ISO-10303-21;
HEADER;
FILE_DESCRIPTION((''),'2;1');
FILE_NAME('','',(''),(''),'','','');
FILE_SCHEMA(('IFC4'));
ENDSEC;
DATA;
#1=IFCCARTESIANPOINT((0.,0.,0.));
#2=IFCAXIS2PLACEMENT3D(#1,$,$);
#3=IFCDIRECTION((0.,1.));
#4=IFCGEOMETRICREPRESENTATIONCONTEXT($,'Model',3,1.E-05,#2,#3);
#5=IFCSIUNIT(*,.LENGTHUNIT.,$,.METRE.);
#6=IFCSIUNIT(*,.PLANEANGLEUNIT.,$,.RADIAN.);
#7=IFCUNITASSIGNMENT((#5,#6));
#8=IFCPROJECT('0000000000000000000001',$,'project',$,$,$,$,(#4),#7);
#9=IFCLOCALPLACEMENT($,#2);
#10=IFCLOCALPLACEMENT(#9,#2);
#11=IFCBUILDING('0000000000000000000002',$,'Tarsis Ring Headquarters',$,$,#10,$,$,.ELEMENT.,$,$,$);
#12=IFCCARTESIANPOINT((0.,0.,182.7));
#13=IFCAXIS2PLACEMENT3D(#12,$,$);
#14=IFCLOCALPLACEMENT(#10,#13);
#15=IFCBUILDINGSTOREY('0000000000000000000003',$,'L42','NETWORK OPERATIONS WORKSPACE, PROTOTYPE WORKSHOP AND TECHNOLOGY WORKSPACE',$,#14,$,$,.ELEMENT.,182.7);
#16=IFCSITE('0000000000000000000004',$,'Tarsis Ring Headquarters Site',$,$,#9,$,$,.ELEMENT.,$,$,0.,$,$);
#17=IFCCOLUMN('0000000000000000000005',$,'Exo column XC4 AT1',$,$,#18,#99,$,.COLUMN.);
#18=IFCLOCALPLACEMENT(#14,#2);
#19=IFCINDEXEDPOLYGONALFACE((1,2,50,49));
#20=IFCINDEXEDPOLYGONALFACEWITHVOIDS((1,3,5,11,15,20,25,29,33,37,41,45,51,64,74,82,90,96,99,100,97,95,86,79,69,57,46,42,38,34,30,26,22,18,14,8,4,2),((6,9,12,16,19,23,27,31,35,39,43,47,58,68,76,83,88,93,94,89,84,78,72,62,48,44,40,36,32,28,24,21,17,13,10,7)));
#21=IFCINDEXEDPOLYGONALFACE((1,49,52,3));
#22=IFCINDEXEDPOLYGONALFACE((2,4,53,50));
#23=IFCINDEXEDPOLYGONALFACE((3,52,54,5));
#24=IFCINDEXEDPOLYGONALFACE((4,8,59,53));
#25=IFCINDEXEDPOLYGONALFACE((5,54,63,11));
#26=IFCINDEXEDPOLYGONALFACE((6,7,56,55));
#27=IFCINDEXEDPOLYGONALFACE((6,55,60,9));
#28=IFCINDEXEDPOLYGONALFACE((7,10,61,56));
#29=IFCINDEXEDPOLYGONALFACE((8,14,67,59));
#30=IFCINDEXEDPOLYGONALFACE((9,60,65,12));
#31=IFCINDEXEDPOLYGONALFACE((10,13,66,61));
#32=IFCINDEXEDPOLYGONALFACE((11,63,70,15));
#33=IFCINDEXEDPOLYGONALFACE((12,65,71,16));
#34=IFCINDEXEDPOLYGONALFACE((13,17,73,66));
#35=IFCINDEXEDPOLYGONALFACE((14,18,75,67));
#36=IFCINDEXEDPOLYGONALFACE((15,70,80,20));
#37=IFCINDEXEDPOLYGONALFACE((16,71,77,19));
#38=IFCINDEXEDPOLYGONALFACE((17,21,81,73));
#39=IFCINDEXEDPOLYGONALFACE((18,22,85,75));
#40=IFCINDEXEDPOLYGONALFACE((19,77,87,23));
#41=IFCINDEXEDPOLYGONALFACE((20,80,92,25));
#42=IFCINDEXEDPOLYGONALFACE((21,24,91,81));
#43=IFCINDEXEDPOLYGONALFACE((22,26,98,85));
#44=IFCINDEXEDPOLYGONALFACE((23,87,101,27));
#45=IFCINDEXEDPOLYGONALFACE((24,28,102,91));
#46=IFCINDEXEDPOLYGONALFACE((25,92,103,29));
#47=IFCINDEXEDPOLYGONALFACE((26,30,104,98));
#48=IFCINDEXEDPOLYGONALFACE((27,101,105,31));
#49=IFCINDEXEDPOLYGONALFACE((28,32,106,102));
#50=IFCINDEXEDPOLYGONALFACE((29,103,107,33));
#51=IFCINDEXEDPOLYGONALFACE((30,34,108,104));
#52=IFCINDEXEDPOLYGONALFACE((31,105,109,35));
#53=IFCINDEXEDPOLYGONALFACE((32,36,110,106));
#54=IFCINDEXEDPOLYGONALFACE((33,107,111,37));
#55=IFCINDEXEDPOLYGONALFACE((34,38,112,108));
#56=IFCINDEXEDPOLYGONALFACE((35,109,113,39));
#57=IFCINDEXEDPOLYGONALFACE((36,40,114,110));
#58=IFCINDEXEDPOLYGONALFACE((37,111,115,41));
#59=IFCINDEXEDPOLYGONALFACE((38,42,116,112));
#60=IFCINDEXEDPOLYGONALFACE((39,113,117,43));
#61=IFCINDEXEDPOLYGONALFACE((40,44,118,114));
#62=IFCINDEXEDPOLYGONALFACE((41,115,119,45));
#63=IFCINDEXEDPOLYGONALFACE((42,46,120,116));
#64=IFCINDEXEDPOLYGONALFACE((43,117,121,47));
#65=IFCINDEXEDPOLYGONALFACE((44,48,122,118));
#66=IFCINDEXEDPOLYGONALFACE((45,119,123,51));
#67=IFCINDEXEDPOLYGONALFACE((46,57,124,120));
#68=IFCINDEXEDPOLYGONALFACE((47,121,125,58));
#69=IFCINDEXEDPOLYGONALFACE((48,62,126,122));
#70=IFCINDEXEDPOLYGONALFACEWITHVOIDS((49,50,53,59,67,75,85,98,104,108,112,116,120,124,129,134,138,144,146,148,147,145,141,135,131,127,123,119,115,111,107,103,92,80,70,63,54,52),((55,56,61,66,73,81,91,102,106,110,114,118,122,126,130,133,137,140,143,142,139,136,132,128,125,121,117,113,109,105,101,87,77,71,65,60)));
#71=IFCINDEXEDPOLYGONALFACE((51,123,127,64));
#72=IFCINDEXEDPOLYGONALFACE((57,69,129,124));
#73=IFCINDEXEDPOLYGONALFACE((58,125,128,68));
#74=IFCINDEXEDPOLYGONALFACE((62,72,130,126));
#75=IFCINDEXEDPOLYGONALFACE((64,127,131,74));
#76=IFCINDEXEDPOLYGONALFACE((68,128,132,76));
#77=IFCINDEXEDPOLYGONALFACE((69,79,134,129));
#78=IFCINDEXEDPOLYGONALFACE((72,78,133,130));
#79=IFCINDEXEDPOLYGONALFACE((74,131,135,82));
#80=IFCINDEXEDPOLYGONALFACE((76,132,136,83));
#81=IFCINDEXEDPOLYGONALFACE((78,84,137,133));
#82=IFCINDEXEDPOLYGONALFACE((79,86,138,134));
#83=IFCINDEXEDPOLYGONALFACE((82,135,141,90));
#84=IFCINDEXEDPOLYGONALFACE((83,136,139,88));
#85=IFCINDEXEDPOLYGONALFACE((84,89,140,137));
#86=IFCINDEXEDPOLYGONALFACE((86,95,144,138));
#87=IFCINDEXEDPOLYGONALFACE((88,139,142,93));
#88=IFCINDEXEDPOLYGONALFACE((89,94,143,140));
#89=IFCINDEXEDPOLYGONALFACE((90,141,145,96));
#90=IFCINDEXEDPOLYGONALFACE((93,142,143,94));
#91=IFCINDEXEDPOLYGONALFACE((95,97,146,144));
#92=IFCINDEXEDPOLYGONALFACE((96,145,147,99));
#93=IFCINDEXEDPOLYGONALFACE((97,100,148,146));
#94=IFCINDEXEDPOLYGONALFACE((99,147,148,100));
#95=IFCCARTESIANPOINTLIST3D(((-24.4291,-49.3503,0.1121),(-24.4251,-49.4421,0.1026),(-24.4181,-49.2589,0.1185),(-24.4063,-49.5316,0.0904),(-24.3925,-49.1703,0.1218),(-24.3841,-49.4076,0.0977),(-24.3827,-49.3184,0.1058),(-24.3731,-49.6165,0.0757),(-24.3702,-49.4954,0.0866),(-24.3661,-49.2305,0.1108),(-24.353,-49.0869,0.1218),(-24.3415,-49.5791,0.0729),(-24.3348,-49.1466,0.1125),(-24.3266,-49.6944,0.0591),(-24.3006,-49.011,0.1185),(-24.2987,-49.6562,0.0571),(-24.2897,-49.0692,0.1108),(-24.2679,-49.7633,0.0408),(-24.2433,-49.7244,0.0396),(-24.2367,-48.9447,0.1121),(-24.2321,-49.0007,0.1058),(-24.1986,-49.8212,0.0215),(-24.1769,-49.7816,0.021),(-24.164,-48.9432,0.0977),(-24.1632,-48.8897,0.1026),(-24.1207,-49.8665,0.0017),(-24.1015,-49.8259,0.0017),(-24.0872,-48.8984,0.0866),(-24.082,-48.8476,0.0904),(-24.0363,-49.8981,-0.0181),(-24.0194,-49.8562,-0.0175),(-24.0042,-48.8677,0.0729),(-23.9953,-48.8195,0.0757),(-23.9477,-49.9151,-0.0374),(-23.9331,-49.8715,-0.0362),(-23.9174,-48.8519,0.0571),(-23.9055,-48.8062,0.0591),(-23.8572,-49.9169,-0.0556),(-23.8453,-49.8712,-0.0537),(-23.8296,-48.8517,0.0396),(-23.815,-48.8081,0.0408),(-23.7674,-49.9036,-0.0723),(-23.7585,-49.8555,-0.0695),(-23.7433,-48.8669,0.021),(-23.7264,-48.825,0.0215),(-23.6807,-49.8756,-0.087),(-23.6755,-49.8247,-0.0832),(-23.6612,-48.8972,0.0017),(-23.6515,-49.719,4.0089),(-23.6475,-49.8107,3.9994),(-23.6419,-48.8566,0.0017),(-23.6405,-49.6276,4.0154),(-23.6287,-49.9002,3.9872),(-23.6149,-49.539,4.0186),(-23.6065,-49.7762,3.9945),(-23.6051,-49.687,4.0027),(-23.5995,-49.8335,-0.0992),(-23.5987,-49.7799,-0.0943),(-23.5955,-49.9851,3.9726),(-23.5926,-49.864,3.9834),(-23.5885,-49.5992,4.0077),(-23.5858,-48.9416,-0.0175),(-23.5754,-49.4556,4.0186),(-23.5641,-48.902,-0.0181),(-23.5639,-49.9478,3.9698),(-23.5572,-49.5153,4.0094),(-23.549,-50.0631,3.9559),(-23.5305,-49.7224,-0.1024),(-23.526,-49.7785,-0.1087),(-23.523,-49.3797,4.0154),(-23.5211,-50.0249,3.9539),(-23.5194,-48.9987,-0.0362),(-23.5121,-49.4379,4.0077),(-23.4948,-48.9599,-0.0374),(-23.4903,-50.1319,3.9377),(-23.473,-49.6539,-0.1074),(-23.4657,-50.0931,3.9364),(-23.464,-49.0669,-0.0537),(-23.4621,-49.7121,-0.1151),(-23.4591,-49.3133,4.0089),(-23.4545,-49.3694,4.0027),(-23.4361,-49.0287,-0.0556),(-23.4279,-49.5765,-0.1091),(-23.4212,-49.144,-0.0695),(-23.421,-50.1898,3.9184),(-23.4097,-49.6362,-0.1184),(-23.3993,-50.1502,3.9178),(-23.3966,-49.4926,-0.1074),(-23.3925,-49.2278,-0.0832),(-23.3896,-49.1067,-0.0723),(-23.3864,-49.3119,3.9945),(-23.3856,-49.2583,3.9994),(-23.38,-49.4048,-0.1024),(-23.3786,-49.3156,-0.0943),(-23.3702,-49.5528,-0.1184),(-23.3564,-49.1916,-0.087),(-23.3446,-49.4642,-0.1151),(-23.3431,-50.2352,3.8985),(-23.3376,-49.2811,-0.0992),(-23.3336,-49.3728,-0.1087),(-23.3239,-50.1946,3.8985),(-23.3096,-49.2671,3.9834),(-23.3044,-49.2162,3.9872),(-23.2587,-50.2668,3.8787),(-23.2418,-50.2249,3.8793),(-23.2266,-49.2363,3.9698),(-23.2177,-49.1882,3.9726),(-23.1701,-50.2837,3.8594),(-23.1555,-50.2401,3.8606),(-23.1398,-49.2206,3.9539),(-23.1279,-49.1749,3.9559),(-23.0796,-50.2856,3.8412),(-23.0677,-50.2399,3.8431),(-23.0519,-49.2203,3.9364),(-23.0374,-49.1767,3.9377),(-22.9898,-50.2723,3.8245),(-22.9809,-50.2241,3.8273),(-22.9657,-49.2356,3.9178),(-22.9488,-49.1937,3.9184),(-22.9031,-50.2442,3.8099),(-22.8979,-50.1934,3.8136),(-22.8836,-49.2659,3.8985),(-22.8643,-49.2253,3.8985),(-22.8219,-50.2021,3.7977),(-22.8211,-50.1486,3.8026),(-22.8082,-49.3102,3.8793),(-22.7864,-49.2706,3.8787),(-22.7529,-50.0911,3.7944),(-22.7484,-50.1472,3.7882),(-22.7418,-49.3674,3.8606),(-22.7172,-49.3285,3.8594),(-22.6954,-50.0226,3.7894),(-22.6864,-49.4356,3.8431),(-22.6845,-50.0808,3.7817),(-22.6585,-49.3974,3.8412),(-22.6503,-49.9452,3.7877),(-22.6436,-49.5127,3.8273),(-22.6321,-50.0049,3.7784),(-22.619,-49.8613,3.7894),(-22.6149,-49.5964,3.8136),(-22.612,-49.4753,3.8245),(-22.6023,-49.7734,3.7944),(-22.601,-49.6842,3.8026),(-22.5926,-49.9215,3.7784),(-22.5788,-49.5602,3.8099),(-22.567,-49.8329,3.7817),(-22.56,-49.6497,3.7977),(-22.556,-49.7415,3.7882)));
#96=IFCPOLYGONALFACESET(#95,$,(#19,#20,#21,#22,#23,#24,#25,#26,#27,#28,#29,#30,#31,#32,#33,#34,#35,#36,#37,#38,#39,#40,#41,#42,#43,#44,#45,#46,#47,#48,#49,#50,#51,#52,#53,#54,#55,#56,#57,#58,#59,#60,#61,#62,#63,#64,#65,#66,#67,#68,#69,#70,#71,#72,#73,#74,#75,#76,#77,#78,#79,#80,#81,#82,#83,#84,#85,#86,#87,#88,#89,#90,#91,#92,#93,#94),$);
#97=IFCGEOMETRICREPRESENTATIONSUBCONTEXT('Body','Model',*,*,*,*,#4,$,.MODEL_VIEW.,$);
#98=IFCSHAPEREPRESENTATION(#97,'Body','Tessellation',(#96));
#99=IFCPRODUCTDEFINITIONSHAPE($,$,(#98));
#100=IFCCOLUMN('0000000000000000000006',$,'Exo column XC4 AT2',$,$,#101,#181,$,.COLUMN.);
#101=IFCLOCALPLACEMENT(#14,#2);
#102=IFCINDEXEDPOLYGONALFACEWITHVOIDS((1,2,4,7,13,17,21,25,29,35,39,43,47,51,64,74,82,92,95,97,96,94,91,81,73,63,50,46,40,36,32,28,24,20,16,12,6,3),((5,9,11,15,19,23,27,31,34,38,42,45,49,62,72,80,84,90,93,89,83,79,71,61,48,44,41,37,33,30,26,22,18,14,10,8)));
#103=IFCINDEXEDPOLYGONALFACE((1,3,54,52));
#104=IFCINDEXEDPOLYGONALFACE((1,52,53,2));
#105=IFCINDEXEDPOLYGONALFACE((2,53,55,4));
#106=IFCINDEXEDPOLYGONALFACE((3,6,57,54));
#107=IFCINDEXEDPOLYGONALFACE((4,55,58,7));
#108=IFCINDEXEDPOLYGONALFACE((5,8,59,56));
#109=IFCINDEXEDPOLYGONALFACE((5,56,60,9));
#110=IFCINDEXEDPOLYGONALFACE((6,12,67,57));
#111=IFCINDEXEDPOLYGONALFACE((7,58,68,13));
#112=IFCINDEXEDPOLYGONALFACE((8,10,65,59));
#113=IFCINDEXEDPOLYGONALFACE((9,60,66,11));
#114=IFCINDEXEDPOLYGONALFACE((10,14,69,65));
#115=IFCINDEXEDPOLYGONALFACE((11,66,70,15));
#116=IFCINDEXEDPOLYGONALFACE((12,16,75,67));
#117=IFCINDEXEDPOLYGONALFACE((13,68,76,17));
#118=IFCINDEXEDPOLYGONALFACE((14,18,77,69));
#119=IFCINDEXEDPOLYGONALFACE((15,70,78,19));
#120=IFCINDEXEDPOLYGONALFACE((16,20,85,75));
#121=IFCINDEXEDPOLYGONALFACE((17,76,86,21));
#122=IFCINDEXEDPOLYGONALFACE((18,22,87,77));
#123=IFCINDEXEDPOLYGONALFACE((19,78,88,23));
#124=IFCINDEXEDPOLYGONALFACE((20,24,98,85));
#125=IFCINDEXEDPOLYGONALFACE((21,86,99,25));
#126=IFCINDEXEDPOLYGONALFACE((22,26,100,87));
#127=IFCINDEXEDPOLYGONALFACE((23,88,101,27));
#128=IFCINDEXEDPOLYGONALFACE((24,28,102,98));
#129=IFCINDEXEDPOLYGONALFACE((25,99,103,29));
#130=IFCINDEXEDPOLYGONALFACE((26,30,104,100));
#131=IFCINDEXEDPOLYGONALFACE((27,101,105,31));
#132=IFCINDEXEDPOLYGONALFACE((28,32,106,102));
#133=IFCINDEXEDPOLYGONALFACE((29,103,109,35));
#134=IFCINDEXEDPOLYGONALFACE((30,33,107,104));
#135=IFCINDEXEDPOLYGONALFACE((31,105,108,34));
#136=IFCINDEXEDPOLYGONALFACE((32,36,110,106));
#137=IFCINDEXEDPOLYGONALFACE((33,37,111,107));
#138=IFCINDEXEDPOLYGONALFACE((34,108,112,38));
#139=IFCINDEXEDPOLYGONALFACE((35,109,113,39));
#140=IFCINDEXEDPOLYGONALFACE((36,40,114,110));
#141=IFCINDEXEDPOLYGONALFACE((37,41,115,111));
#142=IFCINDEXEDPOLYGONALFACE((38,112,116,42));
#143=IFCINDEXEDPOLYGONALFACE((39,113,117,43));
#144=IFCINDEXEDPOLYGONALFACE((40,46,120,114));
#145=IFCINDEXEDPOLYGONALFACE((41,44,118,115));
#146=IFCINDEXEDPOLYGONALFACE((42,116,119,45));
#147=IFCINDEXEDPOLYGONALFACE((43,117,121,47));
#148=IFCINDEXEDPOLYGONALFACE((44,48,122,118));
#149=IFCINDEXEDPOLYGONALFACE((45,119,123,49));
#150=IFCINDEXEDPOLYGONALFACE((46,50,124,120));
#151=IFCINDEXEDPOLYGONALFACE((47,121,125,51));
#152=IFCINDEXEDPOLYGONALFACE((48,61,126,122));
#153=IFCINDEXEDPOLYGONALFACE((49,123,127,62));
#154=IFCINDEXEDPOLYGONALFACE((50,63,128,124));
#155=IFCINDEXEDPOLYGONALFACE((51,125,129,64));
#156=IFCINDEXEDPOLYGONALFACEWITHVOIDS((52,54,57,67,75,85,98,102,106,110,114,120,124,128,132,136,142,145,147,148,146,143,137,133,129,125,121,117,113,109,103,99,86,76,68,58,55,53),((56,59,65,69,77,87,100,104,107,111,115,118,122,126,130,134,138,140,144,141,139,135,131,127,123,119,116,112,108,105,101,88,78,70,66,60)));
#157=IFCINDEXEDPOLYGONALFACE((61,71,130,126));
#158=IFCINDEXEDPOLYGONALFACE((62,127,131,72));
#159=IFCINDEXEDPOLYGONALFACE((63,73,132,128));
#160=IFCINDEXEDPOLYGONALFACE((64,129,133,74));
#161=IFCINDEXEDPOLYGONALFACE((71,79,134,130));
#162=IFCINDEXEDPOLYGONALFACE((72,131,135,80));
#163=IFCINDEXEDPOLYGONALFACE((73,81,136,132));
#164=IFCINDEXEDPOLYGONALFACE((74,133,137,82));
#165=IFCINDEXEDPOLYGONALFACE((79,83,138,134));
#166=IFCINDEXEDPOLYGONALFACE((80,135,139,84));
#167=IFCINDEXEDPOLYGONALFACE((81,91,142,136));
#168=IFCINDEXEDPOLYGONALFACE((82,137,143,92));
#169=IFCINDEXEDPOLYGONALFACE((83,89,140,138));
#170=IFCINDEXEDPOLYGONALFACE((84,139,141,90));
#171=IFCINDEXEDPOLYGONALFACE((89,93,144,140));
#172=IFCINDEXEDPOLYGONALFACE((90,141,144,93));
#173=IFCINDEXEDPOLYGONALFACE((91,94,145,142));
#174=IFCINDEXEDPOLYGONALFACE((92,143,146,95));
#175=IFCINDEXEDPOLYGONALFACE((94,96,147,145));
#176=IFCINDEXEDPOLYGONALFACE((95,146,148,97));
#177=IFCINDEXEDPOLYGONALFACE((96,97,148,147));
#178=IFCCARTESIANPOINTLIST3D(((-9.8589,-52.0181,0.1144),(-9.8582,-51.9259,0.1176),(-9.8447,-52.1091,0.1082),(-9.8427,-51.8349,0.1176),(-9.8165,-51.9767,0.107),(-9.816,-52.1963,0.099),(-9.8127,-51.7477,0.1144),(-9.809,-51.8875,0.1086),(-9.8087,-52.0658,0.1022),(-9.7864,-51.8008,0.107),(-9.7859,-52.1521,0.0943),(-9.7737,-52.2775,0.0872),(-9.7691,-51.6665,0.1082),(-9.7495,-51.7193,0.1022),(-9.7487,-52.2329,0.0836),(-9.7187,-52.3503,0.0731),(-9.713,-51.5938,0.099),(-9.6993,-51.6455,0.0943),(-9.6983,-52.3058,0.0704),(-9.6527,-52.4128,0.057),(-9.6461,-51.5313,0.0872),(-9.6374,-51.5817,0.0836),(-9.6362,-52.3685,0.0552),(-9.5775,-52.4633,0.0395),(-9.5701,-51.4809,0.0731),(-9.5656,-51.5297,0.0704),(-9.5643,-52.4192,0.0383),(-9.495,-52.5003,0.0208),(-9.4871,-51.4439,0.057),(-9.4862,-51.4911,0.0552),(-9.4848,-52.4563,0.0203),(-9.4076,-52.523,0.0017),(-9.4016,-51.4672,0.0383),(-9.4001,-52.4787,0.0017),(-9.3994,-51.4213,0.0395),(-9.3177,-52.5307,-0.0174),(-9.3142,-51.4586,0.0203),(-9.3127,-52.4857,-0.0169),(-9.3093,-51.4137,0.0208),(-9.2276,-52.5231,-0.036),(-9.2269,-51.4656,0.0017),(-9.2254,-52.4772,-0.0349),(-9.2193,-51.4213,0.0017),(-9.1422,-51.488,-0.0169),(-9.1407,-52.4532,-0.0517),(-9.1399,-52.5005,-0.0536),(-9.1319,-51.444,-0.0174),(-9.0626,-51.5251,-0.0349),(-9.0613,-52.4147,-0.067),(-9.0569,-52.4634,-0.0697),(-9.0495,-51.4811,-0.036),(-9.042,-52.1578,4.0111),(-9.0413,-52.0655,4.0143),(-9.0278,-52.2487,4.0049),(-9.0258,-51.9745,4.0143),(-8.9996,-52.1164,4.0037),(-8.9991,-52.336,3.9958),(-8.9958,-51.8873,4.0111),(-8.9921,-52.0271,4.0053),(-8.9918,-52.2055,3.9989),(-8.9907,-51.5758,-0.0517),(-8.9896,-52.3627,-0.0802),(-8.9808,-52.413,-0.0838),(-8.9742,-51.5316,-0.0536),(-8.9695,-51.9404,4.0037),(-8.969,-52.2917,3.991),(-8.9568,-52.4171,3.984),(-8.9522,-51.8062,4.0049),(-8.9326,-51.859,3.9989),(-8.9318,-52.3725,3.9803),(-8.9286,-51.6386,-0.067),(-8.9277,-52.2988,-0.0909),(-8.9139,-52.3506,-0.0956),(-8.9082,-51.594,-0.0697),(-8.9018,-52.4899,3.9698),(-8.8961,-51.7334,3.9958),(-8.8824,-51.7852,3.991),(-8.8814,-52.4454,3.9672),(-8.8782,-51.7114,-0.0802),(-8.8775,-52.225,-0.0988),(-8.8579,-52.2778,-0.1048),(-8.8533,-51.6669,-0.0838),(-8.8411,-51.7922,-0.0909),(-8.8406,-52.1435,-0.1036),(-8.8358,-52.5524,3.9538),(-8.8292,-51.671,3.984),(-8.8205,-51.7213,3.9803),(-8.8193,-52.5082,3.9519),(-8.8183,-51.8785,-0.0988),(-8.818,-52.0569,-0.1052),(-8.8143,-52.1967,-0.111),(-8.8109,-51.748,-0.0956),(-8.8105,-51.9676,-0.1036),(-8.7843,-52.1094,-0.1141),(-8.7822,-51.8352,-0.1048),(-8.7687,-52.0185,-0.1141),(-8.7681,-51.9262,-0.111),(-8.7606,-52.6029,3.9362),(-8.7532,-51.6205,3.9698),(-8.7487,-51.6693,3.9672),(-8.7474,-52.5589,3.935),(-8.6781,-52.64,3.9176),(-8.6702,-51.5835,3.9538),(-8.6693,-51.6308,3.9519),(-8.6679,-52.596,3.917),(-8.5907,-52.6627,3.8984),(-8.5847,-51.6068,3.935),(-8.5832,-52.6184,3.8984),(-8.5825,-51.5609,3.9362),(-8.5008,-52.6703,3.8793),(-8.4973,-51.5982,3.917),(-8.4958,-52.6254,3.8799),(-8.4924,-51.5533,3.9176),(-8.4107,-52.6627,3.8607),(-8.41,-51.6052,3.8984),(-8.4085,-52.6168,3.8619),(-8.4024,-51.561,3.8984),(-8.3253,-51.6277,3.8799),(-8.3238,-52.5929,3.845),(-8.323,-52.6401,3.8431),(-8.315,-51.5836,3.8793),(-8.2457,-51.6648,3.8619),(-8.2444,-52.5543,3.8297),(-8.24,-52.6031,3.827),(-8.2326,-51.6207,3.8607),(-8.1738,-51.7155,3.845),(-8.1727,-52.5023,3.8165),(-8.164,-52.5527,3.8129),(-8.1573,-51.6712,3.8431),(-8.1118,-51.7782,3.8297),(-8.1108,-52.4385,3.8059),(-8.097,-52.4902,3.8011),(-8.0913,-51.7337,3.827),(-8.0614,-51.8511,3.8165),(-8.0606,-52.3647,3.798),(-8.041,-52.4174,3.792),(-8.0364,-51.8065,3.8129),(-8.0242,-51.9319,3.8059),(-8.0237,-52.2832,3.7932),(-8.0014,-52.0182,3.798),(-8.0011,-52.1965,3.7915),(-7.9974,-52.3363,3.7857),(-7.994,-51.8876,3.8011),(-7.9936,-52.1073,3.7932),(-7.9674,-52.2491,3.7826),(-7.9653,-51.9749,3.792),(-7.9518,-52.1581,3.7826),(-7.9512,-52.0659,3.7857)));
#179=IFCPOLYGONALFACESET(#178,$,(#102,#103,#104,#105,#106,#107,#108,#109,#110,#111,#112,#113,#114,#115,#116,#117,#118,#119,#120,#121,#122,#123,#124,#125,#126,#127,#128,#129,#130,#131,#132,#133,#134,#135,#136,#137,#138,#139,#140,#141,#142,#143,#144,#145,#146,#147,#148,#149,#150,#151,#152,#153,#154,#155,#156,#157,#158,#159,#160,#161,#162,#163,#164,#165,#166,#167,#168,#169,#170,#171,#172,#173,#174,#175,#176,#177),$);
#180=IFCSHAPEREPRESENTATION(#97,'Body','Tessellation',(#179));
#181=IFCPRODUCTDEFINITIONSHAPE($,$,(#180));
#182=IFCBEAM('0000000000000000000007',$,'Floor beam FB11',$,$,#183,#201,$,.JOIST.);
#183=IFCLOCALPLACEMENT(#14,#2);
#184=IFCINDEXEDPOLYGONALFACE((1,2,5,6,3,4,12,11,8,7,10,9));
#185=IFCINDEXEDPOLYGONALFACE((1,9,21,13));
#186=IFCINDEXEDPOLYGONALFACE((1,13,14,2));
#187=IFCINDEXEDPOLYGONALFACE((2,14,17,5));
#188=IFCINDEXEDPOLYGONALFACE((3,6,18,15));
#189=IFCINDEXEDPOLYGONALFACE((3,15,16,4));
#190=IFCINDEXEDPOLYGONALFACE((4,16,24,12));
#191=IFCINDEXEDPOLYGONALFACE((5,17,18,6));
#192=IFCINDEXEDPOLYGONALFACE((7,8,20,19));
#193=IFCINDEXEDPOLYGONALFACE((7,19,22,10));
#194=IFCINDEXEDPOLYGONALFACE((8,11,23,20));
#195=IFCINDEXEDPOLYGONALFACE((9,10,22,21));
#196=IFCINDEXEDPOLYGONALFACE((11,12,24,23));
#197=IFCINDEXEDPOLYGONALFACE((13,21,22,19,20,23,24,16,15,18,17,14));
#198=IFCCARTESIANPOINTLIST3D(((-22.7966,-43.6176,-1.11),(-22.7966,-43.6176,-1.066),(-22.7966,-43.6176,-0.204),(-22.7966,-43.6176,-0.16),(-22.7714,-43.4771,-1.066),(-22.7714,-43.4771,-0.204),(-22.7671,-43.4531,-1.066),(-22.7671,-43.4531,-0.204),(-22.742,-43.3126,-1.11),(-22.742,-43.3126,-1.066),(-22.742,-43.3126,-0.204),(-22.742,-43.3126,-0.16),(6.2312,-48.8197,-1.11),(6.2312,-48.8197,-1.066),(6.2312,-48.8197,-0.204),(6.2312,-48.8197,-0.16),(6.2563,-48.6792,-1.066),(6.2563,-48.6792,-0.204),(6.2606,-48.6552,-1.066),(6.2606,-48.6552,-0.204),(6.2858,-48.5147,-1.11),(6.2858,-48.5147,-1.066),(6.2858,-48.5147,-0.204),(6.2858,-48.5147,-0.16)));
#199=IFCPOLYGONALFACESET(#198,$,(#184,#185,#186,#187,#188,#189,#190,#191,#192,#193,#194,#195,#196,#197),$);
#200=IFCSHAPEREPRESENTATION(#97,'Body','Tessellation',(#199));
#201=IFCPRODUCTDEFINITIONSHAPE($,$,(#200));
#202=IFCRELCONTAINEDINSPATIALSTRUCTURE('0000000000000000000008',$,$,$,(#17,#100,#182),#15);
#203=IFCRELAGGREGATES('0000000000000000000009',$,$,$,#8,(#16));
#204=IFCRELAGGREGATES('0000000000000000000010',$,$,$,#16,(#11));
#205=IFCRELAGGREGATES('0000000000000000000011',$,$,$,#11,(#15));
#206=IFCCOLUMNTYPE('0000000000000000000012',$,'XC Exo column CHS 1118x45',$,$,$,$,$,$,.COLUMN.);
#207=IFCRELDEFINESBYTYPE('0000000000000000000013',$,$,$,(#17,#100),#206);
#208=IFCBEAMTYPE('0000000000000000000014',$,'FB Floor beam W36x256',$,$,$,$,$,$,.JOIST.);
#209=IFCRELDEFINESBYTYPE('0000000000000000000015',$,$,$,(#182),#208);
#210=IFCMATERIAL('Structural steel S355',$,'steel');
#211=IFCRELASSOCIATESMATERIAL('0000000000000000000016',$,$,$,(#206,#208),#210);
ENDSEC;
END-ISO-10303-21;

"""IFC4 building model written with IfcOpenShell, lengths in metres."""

from ifc_helpers import new_model, si_unit, direction, frame, origin, origin_2d, place, context, subcontext, project, spatial, hollow_circle, i_section, extrude, material, material_profile, profile_set, type_object, element, save


model = new_model("IFC4")

# Units and contexts
model_context = context("Model", 3, precision=1e-05, world=origin(), true_north=direction((0.0, 1.0)))
body_context = subcontext(model_context, "Body", "Model", "MODEL_VIEW")
ifc_project = project(units=[si_unit("LENGTHUNIT", "METRE"), si_unit("PLANEANGLEUNIT", "RADIAN")], contexts=[model_context])

# Site, building, storey
site_placement = place(None, origin())
site = spatial("IfcSite", under=ifc_project, at=site_placement, Name="Tarsis Ring Headquarters Site", CompositionType="ELEMENT", RefElevation=0.0)
building_placement = place(site_placement, origin())
building = spatial("IfcBuilding", under=site, at=building_placement, Name="Tarsis Ring Headquarters", CompositionType="ELEMENT")
storey_placement = place(building_placement, frame((0.0, 0.0, 182.7)))
storey = spatial("IfcBuildingStorey", under=building, at=storey_placement, Name="L42", Description="NETWORK OPERATIONS WORKSPACE, PROTOTYPE WORKSHOP AND TECHNOLOGY WORKSPACE", CompositionType="ELEMENT", Elevation=182.7)

# Columns
ifc_material_1 = material(Name="Structural steel S355", Category="steel")
ifc_material_profile_1 = material_profile(ifc_material_1, hollow_circle(Radius=0.5588, WallThickness=0.0449, at=origin_2d()), Name="CHS 1118x45")
ifc_profile_set_1 = profile_set([ifc_material_profile_1], Name="Structural steel S355")
column_type = type_object("IfcColumnType", Name="XC Exo column CHS 1118x45", PredefinedType="COLUMN", material=ifc_profile_set_1)
column_1_placement = place(storey_placement, frame((-23.8813, -49.3616, 0.0017), z_axis=(0.194854, -0.09238, 0.976472), x_axis=(0.428391, 0.903593, 0.0)))
element("IfcColumn", 1, at=column_1_placement, inside=storey, type_object=column_type, Name="Exo column XC4 AT1", PredefinedType="COLUMN", context=body_context, shape_type="SweptSolid", body=[
    extrude(hollow_circle(Radius=0.5588, WallThickness=0.0449, at=origin_2d()), origin(), (0.0, 0.0, 1.0), 3.9907),
])
column_2_placement = place(storey_placement, frame((-9.3135, -51.9722, 0.0017), z_axis=(0.20505, -0.035053, 0.978124), x_axis=(0.168506, 0.985701, 0.0)))
element("IfcColumn", 2, at=column_2_placement, inside=storey, type_object=column_type, Name="Exo column XC4 AT2", PredefinedType="COLUMN", context=body_context, shape_type="SweptSolid", body=[
    extrude(hollow_circle(Radius=0.5588, WallThickness=0.0449, at=origin_2d()), origin(), (0.0, 0.0, 1.0), 3.9839),
])

# Beam
ifc_material_profile_2 = material_profile(ifc_material_1, i_section(OverallWidth=0.3098, OverallDepth=0.95, WebThickness=0.0244, FlangeThickness=0.0439, at=origin_2d()), Name="W36x256")
ifc_profile_set_2 = profile_set([ifc_material_profile_2], Name="Structural steel S355")
beam_type_1 = type_object("IfcBeamType", Name="FB Floor beam W36x256", PredefinedType="JOIST", material=ifc_profile_set_2)
for number, where, z_axis, x_axis, name in (
    (3, (-22.7693, -43.4651, -0.635), (0.984318, -0.176402, 0.0), (0.176402, 0.984318, 0.0), "Floor beam FB11"),
):
    element("IfcBeam", number, at=place(storey_placement, frame(where, z_axis=z_axis, x_axis=x_axis)), inside=storey, type_object=beam_type_1, Name=name, PredefinedType="JOIST", context=body_context, shape_type="SweptSolid", body=[
        extrude(i_section(OverallWidth=0.3098, OverallDepth=0.95, WebThickness=0.0244, FlangeThickness=0.0439, at=origin_2d()), origin(), (0.0, 0.0, 1.0), 29.4902),
    ])

save(model, "model.ifc")
